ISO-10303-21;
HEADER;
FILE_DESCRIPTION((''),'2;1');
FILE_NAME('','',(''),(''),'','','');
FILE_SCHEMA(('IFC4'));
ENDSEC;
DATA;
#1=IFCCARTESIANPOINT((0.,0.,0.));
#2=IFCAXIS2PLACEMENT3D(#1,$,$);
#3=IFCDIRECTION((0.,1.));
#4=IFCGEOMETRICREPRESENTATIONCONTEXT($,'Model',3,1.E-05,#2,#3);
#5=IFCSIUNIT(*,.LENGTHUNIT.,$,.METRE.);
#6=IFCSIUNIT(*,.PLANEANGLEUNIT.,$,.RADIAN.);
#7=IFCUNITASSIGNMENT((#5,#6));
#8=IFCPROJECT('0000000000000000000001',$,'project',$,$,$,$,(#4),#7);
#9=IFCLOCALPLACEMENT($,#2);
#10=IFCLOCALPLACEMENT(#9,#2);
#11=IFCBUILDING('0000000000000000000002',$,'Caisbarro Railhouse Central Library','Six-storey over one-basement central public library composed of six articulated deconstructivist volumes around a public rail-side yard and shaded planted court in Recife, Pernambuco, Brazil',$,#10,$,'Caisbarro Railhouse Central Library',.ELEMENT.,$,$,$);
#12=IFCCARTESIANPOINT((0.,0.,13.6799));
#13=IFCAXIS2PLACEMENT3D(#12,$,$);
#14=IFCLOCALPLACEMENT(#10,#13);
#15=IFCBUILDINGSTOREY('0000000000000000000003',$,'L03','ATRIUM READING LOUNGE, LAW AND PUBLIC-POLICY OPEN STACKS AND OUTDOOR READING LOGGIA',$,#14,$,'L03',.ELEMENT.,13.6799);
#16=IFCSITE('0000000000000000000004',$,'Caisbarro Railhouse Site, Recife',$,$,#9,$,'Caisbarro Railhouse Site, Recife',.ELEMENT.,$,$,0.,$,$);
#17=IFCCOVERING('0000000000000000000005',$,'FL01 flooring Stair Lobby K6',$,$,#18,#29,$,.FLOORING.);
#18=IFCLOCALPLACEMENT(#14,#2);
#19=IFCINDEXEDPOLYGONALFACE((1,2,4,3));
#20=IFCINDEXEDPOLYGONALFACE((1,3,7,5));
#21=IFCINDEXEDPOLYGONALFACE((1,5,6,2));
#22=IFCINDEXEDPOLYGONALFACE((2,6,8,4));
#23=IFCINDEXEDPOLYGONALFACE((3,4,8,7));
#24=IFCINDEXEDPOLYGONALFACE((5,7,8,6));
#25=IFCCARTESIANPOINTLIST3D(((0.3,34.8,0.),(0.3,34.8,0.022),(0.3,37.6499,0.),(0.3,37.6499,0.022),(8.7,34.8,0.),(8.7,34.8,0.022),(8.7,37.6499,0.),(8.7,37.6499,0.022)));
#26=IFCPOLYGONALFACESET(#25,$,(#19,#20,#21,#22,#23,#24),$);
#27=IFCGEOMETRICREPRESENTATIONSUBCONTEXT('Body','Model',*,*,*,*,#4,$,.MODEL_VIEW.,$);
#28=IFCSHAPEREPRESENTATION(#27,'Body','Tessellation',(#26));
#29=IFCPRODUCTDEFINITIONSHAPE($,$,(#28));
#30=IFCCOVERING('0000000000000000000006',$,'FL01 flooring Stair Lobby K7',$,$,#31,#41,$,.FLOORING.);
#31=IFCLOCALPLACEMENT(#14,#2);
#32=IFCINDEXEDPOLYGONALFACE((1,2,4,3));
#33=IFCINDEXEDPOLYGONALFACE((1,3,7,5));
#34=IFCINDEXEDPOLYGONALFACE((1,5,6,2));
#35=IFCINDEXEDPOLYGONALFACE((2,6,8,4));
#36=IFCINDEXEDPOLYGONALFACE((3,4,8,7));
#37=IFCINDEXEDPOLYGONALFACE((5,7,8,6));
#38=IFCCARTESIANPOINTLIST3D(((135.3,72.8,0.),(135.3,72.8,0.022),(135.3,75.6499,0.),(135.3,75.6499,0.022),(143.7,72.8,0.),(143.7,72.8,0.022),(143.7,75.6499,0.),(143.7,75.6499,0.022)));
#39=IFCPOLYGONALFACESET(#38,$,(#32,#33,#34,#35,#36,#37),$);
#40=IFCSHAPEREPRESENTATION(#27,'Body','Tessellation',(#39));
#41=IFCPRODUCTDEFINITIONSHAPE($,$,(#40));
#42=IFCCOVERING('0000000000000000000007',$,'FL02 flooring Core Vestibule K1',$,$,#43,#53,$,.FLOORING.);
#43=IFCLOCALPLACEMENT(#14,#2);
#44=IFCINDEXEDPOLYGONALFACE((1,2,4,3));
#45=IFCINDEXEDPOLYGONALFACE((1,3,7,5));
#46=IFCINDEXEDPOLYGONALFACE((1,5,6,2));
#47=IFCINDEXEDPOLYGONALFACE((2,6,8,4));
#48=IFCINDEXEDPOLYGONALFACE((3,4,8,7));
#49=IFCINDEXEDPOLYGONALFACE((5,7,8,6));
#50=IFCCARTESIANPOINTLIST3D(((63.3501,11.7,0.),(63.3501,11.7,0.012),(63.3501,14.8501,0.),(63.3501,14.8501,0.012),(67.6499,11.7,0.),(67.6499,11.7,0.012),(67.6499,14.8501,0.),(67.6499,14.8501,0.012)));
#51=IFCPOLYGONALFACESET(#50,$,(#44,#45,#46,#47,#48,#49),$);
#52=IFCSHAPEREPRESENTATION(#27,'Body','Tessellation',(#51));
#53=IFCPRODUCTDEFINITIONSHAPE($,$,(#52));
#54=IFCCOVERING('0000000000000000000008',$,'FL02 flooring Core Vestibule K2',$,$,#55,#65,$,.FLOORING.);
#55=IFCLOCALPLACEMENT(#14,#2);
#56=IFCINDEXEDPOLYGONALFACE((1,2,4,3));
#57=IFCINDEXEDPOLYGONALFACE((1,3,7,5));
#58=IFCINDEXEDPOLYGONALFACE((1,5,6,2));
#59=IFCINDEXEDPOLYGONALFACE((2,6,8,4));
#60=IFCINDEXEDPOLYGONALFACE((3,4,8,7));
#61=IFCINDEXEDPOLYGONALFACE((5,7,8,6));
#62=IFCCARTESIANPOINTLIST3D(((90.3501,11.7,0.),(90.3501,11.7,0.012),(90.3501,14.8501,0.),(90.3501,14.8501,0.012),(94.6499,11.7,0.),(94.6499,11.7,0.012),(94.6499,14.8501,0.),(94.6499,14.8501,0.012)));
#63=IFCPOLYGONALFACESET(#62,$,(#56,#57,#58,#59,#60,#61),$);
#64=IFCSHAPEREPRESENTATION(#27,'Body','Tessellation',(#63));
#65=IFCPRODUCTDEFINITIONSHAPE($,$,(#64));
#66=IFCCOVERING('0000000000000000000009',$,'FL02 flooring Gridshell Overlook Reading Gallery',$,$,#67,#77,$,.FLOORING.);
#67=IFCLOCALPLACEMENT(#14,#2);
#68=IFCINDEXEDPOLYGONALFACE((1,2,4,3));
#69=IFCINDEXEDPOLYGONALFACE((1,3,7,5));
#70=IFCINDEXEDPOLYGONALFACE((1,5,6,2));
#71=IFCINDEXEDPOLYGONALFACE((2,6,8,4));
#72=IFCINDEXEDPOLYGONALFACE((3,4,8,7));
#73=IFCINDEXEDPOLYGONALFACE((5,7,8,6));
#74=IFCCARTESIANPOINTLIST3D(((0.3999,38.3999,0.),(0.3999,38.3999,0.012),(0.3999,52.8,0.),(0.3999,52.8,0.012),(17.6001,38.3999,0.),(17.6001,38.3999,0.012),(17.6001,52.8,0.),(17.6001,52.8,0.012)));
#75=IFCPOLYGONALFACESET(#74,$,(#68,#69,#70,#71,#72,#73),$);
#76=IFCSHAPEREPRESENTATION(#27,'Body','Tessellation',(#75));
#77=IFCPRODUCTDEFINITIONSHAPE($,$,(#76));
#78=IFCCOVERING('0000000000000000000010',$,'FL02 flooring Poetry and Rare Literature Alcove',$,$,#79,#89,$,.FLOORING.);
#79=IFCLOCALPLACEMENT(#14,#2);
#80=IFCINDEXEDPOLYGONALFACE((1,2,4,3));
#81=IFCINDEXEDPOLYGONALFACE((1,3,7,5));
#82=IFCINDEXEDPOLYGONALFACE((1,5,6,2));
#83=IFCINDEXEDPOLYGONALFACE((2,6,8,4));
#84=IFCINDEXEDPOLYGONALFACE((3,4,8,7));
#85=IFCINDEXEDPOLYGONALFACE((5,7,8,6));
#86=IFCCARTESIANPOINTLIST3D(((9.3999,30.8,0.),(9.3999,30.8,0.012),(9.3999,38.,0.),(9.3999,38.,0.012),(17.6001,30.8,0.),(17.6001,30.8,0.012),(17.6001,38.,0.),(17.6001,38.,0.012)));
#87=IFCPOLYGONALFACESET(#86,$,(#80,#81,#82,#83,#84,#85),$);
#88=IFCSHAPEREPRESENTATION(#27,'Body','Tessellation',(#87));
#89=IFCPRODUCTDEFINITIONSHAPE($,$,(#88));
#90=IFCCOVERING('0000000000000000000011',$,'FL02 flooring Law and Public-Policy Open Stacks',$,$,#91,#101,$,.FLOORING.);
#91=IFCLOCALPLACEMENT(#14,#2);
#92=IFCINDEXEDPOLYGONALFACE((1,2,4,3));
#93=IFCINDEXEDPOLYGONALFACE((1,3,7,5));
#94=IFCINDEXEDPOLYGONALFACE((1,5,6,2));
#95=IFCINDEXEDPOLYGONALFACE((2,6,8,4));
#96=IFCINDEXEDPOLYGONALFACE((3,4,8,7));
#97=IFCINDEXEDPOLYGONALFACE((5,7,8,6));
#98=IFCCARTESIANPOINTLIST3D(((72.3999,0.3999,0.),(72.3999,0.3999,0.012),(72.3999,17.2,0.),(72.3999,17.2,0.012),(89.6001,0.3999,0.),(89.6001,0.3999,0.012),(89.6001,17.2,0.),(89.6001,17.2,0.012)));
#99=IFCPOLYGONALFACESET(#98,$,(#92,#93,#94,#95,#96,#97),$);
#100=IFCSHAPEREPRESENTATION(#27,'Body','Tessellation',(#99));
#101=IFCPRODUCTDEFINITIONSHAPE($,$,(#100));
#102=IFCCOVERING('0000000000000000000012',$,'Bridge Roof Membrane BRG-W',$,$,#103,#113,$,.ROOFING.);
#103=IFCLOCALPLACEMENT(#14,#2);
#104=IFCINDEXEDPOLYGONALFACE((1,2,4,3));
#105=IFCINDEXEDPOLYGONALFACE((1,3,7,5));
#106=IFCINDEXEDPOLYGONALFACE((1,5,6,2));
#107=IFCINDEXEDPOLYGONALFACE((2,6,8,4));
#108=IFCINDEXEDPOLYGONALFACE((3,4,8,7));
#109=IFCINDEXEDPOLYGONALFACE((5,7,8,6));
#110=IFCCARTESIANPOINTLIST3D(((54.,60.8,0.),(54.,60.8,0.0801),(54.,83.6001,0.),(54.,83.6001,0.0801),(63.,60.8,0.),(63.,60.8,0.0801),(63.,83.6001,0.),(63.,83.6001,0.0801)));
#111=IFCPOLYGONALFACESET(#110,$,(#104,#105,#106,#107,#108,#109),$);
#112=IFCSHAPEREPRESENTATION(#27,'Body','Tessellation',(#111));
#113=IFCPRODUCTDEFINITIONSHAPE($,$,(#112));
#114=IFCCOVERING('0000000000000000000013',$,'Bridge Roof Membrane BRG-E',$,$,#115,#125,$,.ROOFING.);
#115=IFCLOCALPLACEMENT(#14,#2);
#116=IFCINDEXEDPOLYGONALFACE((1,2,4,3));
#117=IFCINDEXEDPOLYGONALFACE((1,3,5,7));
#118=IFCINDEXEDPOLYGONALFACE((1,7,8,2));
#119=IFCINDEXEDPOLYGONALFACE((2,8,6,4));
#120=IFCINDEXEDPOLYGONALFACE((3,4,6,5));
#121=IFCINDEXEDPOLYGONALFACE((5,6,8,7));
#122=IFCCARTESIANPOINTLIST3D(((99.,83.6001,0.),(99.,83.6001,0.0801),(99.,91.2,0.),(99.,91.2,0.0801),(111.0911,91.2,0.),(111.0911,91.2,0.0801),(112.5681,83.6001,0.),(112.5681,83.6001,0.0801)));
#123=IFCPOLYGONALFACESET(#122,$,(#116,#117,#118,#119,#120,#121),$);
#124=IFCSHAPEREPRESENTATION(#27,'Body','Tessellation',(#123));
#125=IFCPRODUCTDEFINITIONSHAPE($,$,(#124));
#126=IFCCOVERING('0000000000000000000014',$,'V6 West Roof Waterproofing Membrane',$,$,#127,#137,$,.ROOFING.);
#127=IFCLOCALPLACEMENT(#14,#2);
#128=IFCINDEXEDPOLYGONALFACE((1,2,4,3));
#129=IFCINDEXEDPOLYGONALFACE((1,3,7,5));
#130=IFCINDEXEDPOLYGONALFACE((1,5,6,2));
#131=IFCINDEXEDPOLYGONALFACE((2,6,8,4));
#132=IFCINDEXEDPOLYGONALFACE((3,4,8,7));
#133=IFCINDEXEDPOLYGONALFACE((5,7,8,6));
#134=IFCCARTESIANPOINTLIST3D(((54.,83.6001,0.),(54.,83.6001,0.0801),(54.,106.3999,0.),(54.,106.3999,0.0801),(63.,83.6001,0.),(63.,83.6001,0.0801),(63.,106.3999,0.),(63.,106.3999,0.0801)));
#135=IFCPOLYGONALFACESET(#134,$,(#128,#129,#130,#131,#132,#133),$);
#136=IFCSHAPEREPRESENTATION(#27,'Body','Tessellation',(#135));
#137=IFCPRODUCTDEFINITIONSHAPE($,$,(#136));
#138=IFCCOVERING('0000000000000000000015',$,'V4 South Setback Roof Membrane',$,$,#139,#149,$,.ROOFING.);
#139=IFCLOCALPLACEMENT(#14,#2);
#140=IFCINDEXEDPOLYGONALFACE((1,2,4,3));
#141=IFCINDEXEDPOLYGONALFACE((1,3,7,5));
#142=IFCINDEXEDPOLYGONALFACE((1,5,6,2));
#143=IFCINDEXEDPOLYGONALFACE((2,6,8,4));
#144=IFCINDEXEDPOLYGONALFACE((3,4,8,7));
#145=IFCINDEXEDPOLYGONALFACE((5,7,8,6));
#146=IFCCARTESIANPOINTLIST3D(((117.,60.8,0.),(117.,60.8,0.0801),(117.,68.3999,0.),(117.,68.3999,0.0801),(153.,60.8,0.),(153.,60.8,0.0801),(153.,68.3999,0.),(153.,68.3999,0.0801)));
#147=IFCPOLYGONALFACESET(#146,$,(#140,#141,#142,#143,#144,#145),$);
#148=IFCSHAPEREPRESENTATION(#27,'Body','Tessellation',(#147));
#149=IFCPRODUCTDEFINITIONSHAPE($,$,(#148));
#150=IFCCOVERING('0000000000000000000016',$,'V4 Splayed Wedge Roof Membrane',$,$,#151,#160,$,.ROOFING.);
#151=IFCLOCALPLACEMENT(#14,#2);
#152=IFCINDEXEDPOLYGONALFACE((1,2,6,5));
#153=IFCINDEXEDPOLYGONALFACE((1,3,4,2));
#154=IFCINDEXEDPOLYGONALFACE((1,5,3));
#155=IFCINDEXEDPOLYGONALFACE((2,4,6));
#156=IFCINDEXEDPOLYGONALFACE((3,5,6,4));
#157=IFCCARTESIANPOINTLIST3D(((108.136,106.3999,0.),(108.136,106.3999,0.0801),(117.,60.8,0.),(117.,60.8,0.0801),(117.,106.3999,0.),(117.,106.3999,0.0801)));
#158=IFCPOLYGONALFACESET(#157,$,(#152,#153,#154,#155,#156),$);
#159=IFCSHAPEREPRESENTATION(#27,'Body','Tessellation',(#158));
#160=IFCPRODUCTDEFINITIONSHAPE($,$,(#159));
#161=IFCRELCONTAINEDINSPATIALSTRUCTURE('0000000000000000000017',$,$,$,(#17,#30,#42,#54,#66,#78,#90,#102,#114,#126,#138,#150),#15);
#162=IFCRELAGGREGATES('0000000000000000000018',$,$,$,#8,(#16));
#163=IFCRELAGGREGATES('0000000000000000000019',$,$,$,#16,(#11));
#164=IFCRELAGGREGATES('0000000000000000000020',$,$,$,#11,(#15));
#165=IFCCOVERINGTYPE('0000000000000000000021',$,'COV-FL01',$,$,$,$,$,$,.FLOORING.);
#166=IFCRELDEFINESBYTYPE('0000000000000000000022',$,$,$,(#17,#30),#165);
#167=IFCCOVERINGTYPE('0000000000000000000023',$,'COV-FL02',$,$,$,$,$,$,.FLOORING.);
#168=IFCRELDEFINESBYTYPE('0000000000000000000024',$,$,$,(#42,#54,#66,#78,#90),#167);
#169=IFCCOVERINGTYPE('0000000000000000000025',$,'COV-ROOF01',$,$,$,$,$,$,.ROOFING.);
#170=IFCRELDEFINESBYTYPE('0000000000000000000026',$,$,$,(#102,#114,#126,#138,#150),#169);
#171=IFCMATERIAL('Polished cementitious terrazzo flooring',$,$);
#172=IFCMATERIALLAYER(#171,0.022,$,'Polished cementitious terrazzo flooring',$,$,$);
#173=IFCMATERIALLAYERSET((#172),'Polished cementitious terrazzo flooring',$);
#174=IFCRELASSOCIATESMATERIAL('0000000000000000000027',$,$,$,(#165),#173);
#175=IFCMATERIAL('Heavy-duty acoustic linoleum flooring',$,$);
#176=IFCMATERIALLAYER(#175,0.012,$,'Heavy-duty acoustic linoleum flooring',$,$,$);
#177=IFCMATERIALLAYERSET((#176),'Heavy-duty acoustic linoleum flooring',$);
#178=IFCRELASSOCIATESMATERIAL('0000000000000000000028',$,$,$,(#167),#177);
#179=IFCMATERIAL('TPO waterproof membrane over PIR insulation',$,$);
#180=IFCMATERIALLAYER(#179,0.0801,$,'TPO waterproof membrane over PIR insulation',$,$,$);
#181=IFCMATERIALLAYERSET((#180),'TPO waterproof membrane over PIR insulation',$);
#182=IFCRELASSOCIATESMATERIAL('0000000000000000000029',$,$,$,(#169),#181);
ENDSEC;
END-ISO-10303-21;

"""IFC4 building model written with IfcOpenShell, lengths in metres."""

from ifc_helpers import new_model, si_unit, direction, frame, origin, place, context, subcontext, project, spatial, polyline, outline, extrude, material, layer, layer_set, type_object, element, save


model = new_model("IFC4")

# Units and contexts
model_context = context("Model", 3, precision=1e-05, world=origin(), true_north=direction((0.0, 1.0)))
body_context = subcontext(model_context, "Body", "Model", "MODEL_VIEW")
ifc_project = project(units=[si_unit("LENGTHUNIT", "METRE"), si_unit("PLANEANGLEUNIT", "RADIAN")], contexts=[model_context])

# Site, building, storey
site_placement = place(None, origin())
site = spatial("IfcSite", under=ifc_project, at=site_placement, Name="Caisbarro Railhouse Site, Recife", LongName="Caisbarro Railhouse Site, Recife", CompositionType="ELEMENT", RefElevation=0.0)
building_placement = place(site_placement, origin())
building = spatial("IfcBuilding", under=site, at=building_placement, Name="Caisbarro Railhouse Central Library", Description="Six-storey over one-basement central public library composed of six articulated deconstructivist volumes around a public rail-side yard and shaded planted court in Recife, Pernambuco, Brazil", LongName="Caisbarro Railhouse Central Library", CompositionType="ELEMENT")
storey_placement = place(building_placement, frame((0.0, 0.0, 13.6799)))
storey = spatial("IfcBuildingStorey", under=building, at=storey_placement, Name="L03", Description="ATRIUM READING LOUNGE, LAW AND PUBLIC-POLICY OPEN STACKS AND OUTDOOR READING LOGGIA", LongName="L03", CompositionType="ELEMENT", Elevation=13.6799)

# Coverings
ifc_material_1 = material(Name="Polished cementitious terrazzo flooring")
ifc_layer_1 = layer(ifc_material_1, 0.022, Name="Polished cementitious terrazzo flooring")
ifc_layer_set_1 = layer_set([ifc_layer_1], Name="Polished cementitious terrazzo flooring")
covering_type_1 = type_object("IfcCoveringType", Name="COV-FL01", PredefinedType="FLOORING", material=ifc_layer_set_1)
covering_1_placement = place(storey_placement, origin())
element("IfcCovering", 1, at=covering_1_placement, inside=storey, type_object=covering_type_1, Name="FL01 flooring Stair Lobby K6", PredefinedType="FLOORING", context=body_context, shape_type="SweptSolid", body=[
    extrude(outline(polyline([(0.3, 34.8), (8.7, 34.8), (8.7, 37.6499), (0.3, 37.6499), (0.3, 34.8)])), origin(), (0.0, 0.0, 1.0), 0.022),
])
covering_2_placement = place(storey_placement, origin())
element("IfcCovering", 2, at=covering_2_placement, inside=storey, type_object=covering_type_1, Name="FL01 flooring Stair Lobby K7", PredefinedType="FLOORING", context=body_context, shape_type="SweptSolid", body=[
    extrude(outline(polyline([(135.3, 72.8), (143.7, 72.8), (143.7, 75.6499), (135.3, 75.6499), (135.3, 72.8)])), origin(), (0.0, 0.0, 1.0), 0.022),
])
ifc_material_2 = material(Name="Heavy-duty acoustic linoleum flooring")
ifc_layer_2 = layer(ifc_material_2, 0.012, Name="Heavy-duty acoustic linoleum flooring")
ifc_layer_set_2 = layer_set([ifc_layer_2], Name="Heavy-duty acoustic linoleum flooring")
covering_type_2 = type_object("IfcCoveringType", Name="COV-FL02", PredefinedType="FLOORING", material=ifc_layer_set_2)
covering_3_placement = place(storey_placement, origin())
element("IfcCovering", 3, at=covering_3_placement, inside=storey, type_object=covering_type_2, Name="FL02 flooring Core Vestibule K1", PredefinedType="FLOORING", context=body_context, shape_type="SweptSolid", body=[
    extrude(outline(polyline([(63.3501, 11.7), (67.6499, 11.7), (67.6499, 14.8501), (63.3501, 14.8501), (63.3501, 11.7)])), origin(), (0.0, 0.0, 1.0), 0.012),
])
covering_4_placement = place(storey_placement, origin())
element("IfcCovering", 4, at=covering_4_placement, inside=storey, type_object=covering_type_2, Name="FL02 flooring Core Vestibule K2", PredefinedType="FLOORING", context=body_context, shape_type="SweptSolid", body=[
    extrude(outline(polyline([(90.3501, 11.7), (94.6499, 11.7), (94.6499, 14.8501), (90.3501, 14.8501), (90.3501, 11.7)])), origin(), (0.0, 0.0, 1.0), 0.012),
])
covering_5_placement = place(storey_placement, origin())
element("IfcCovering", 5, at=covering_5_placement, inside=storey, type_object=covering_type_2, Name="FL02 flooring Gridshell Overlook Reading Gallery", PredefinedType="FLOORING", context=body_context, shape_type="SweptSolid", body=[
    extrude(outline(polyline([(0.3999, 38.3999), (17.6001, 38.3999), (17.6001, 52.8), (0.3999, 52.8), (0.3999, 38.3999)])), origin(), (0.0, 0.0, 1.0), 0.012),
])
covering_6_placement = place(storey_placement, origin())
element("IfcCovering", 6, at=covering_6_placement, inside=storey, type_object=covering_type_2, Name="FL02 flooring Poetry and Rare Literature Alcove", PredefinedType="FLOORING", context=body_context, shape_type="SweptSolid", body=[
    extrude(outline(polyline([(9.3999, 30.8), (17.6001, 30.8), (17.6001, 38.0), (9.3999, 38.0), (9.3999, 30.8)])), origin(), (0.0, 0.0, 1.0), 0.012),
])
covering_7_placement = place(storey_placement, origin())
element("IfcCovering", 7, at=covering_7_placement, inside=storey, type_object=covering_type_2, Name="FL02 flooring Law and Public-Policy Open Stacks", PredefinedType="FLOORING", context=body_context, shape_type="SweptSolid", body=[
    extrude(outline(polyline([(72.3999, 0.3999), (89.6001, 0.3999), (89.6001, 17.2), (72.3999, 17.2), (72.3999, 0.3999)])), origin(), (0.0, 0.0, 1.0), 0.012),
])
ifc_material_3 = material(Name="TPO waterproof membrane over PIR insulation")
ifc_layer_3 = layer(ifc_material_3, 0.0801, Name="TPO waterproof membrane over PIR insulation")
ifc_layer_set_3 = layer_set([ifc_layer_3], Name="TPO waterproof membrane over PIR insulation")
covering_type_3 = type_object("IfcCoveringType", Name="COV-ROOF01", PredefinedType="ROOFING", material=ifc_layer_set_3)
covering_8_placement = place(storey_placement, origin())
element("IfcCovering", 8, at=covering_8_placement, inside=storey, type_object=covering_type_3, Name="Bridge Roof Membrane BRG-W", PredefinedType="ROOFING", context=body_context, shape_type="SweptSolid", body=[
    extrude(outline(polyline([(54.0, 60.8), (63.0, 60.8), (63.0, 83.6001), (54.0, 83.6001), (54.0, 60.8)])), origin(), (0.0, 0.0, 1.0), 0.0801),
])
covering_9_placement = place(storey_placement, origin())
element("IfcCovering", 9, at=covering_9_placement, inside=storey, type_object=covering_type_3, Name="Bridge Roof Membrane BRG-E", PredefinedType="ROOFING", context=body_context, shape_type="SweptSolid", body=[
    extrude(outline(polyline([(99.0, 83.6001), (112.5681, 83.6001), (111.0911, 91.2), (99.0, 91.2), (99.0, 83.6001)])), origin(), (0.0, 0.0, 1.0), 0.0801),
])
covering_10_placement = place(storey_placement, origin())
element("IfcCovering", 10, at=covering_10_placement, inside=storey, type_object=covering_type_3, Name="V6 West Roof Waterproofing Membrane", PredefinedType="ROOFING", context=body_context, shape_type="SweptSolid", body=[
    extrude(outline(polyline([(54.0, 83.6001), (63.0, 83.6001), (63.0, 106.3999), (54.0, 106.3999), (54.0, 83.6001)])), origin(), (0.0, 0.0, 1.0), 0.0801),
])
covering_11_placement = place(storey_placement, origin())
element("IfcCovering", 11, at=covering_11_placement, inside=storey, type_object=covering_type_3, Name="V4 South Setback Roof Membrane", PredefinedType="ROOFING", context=body_context, shape_type="SweptSolid", body=[
    extrude(outline(polyline([(117.0, 60.8), (153.0, 60.8), (153.0, 68.3999), (117.0, 68.3999), (117.0, 60.8)])), origin(), (0.0, 0.0, 1.0), 0.0801),
])
covering_12_placement = place(storey_placement, origin())
element("IfcCovering", 12, at=covering_12_placement, inside=storey, type_object=covering_type_3, Name="V4 Splayed Wedge Roof Membrane", PredefinedType="ROOFING", context=body_context, shape_type="SweptSolid", body=[
    extrude(outline(polyline([(117.0, 60.8), (117.0, 106.3999), (108.136, 106.3999), (117.0, 60.8)])), origin(), (0.0, 0.0, 1.0), 0.0801),
])

save(model, "model.ifc")
